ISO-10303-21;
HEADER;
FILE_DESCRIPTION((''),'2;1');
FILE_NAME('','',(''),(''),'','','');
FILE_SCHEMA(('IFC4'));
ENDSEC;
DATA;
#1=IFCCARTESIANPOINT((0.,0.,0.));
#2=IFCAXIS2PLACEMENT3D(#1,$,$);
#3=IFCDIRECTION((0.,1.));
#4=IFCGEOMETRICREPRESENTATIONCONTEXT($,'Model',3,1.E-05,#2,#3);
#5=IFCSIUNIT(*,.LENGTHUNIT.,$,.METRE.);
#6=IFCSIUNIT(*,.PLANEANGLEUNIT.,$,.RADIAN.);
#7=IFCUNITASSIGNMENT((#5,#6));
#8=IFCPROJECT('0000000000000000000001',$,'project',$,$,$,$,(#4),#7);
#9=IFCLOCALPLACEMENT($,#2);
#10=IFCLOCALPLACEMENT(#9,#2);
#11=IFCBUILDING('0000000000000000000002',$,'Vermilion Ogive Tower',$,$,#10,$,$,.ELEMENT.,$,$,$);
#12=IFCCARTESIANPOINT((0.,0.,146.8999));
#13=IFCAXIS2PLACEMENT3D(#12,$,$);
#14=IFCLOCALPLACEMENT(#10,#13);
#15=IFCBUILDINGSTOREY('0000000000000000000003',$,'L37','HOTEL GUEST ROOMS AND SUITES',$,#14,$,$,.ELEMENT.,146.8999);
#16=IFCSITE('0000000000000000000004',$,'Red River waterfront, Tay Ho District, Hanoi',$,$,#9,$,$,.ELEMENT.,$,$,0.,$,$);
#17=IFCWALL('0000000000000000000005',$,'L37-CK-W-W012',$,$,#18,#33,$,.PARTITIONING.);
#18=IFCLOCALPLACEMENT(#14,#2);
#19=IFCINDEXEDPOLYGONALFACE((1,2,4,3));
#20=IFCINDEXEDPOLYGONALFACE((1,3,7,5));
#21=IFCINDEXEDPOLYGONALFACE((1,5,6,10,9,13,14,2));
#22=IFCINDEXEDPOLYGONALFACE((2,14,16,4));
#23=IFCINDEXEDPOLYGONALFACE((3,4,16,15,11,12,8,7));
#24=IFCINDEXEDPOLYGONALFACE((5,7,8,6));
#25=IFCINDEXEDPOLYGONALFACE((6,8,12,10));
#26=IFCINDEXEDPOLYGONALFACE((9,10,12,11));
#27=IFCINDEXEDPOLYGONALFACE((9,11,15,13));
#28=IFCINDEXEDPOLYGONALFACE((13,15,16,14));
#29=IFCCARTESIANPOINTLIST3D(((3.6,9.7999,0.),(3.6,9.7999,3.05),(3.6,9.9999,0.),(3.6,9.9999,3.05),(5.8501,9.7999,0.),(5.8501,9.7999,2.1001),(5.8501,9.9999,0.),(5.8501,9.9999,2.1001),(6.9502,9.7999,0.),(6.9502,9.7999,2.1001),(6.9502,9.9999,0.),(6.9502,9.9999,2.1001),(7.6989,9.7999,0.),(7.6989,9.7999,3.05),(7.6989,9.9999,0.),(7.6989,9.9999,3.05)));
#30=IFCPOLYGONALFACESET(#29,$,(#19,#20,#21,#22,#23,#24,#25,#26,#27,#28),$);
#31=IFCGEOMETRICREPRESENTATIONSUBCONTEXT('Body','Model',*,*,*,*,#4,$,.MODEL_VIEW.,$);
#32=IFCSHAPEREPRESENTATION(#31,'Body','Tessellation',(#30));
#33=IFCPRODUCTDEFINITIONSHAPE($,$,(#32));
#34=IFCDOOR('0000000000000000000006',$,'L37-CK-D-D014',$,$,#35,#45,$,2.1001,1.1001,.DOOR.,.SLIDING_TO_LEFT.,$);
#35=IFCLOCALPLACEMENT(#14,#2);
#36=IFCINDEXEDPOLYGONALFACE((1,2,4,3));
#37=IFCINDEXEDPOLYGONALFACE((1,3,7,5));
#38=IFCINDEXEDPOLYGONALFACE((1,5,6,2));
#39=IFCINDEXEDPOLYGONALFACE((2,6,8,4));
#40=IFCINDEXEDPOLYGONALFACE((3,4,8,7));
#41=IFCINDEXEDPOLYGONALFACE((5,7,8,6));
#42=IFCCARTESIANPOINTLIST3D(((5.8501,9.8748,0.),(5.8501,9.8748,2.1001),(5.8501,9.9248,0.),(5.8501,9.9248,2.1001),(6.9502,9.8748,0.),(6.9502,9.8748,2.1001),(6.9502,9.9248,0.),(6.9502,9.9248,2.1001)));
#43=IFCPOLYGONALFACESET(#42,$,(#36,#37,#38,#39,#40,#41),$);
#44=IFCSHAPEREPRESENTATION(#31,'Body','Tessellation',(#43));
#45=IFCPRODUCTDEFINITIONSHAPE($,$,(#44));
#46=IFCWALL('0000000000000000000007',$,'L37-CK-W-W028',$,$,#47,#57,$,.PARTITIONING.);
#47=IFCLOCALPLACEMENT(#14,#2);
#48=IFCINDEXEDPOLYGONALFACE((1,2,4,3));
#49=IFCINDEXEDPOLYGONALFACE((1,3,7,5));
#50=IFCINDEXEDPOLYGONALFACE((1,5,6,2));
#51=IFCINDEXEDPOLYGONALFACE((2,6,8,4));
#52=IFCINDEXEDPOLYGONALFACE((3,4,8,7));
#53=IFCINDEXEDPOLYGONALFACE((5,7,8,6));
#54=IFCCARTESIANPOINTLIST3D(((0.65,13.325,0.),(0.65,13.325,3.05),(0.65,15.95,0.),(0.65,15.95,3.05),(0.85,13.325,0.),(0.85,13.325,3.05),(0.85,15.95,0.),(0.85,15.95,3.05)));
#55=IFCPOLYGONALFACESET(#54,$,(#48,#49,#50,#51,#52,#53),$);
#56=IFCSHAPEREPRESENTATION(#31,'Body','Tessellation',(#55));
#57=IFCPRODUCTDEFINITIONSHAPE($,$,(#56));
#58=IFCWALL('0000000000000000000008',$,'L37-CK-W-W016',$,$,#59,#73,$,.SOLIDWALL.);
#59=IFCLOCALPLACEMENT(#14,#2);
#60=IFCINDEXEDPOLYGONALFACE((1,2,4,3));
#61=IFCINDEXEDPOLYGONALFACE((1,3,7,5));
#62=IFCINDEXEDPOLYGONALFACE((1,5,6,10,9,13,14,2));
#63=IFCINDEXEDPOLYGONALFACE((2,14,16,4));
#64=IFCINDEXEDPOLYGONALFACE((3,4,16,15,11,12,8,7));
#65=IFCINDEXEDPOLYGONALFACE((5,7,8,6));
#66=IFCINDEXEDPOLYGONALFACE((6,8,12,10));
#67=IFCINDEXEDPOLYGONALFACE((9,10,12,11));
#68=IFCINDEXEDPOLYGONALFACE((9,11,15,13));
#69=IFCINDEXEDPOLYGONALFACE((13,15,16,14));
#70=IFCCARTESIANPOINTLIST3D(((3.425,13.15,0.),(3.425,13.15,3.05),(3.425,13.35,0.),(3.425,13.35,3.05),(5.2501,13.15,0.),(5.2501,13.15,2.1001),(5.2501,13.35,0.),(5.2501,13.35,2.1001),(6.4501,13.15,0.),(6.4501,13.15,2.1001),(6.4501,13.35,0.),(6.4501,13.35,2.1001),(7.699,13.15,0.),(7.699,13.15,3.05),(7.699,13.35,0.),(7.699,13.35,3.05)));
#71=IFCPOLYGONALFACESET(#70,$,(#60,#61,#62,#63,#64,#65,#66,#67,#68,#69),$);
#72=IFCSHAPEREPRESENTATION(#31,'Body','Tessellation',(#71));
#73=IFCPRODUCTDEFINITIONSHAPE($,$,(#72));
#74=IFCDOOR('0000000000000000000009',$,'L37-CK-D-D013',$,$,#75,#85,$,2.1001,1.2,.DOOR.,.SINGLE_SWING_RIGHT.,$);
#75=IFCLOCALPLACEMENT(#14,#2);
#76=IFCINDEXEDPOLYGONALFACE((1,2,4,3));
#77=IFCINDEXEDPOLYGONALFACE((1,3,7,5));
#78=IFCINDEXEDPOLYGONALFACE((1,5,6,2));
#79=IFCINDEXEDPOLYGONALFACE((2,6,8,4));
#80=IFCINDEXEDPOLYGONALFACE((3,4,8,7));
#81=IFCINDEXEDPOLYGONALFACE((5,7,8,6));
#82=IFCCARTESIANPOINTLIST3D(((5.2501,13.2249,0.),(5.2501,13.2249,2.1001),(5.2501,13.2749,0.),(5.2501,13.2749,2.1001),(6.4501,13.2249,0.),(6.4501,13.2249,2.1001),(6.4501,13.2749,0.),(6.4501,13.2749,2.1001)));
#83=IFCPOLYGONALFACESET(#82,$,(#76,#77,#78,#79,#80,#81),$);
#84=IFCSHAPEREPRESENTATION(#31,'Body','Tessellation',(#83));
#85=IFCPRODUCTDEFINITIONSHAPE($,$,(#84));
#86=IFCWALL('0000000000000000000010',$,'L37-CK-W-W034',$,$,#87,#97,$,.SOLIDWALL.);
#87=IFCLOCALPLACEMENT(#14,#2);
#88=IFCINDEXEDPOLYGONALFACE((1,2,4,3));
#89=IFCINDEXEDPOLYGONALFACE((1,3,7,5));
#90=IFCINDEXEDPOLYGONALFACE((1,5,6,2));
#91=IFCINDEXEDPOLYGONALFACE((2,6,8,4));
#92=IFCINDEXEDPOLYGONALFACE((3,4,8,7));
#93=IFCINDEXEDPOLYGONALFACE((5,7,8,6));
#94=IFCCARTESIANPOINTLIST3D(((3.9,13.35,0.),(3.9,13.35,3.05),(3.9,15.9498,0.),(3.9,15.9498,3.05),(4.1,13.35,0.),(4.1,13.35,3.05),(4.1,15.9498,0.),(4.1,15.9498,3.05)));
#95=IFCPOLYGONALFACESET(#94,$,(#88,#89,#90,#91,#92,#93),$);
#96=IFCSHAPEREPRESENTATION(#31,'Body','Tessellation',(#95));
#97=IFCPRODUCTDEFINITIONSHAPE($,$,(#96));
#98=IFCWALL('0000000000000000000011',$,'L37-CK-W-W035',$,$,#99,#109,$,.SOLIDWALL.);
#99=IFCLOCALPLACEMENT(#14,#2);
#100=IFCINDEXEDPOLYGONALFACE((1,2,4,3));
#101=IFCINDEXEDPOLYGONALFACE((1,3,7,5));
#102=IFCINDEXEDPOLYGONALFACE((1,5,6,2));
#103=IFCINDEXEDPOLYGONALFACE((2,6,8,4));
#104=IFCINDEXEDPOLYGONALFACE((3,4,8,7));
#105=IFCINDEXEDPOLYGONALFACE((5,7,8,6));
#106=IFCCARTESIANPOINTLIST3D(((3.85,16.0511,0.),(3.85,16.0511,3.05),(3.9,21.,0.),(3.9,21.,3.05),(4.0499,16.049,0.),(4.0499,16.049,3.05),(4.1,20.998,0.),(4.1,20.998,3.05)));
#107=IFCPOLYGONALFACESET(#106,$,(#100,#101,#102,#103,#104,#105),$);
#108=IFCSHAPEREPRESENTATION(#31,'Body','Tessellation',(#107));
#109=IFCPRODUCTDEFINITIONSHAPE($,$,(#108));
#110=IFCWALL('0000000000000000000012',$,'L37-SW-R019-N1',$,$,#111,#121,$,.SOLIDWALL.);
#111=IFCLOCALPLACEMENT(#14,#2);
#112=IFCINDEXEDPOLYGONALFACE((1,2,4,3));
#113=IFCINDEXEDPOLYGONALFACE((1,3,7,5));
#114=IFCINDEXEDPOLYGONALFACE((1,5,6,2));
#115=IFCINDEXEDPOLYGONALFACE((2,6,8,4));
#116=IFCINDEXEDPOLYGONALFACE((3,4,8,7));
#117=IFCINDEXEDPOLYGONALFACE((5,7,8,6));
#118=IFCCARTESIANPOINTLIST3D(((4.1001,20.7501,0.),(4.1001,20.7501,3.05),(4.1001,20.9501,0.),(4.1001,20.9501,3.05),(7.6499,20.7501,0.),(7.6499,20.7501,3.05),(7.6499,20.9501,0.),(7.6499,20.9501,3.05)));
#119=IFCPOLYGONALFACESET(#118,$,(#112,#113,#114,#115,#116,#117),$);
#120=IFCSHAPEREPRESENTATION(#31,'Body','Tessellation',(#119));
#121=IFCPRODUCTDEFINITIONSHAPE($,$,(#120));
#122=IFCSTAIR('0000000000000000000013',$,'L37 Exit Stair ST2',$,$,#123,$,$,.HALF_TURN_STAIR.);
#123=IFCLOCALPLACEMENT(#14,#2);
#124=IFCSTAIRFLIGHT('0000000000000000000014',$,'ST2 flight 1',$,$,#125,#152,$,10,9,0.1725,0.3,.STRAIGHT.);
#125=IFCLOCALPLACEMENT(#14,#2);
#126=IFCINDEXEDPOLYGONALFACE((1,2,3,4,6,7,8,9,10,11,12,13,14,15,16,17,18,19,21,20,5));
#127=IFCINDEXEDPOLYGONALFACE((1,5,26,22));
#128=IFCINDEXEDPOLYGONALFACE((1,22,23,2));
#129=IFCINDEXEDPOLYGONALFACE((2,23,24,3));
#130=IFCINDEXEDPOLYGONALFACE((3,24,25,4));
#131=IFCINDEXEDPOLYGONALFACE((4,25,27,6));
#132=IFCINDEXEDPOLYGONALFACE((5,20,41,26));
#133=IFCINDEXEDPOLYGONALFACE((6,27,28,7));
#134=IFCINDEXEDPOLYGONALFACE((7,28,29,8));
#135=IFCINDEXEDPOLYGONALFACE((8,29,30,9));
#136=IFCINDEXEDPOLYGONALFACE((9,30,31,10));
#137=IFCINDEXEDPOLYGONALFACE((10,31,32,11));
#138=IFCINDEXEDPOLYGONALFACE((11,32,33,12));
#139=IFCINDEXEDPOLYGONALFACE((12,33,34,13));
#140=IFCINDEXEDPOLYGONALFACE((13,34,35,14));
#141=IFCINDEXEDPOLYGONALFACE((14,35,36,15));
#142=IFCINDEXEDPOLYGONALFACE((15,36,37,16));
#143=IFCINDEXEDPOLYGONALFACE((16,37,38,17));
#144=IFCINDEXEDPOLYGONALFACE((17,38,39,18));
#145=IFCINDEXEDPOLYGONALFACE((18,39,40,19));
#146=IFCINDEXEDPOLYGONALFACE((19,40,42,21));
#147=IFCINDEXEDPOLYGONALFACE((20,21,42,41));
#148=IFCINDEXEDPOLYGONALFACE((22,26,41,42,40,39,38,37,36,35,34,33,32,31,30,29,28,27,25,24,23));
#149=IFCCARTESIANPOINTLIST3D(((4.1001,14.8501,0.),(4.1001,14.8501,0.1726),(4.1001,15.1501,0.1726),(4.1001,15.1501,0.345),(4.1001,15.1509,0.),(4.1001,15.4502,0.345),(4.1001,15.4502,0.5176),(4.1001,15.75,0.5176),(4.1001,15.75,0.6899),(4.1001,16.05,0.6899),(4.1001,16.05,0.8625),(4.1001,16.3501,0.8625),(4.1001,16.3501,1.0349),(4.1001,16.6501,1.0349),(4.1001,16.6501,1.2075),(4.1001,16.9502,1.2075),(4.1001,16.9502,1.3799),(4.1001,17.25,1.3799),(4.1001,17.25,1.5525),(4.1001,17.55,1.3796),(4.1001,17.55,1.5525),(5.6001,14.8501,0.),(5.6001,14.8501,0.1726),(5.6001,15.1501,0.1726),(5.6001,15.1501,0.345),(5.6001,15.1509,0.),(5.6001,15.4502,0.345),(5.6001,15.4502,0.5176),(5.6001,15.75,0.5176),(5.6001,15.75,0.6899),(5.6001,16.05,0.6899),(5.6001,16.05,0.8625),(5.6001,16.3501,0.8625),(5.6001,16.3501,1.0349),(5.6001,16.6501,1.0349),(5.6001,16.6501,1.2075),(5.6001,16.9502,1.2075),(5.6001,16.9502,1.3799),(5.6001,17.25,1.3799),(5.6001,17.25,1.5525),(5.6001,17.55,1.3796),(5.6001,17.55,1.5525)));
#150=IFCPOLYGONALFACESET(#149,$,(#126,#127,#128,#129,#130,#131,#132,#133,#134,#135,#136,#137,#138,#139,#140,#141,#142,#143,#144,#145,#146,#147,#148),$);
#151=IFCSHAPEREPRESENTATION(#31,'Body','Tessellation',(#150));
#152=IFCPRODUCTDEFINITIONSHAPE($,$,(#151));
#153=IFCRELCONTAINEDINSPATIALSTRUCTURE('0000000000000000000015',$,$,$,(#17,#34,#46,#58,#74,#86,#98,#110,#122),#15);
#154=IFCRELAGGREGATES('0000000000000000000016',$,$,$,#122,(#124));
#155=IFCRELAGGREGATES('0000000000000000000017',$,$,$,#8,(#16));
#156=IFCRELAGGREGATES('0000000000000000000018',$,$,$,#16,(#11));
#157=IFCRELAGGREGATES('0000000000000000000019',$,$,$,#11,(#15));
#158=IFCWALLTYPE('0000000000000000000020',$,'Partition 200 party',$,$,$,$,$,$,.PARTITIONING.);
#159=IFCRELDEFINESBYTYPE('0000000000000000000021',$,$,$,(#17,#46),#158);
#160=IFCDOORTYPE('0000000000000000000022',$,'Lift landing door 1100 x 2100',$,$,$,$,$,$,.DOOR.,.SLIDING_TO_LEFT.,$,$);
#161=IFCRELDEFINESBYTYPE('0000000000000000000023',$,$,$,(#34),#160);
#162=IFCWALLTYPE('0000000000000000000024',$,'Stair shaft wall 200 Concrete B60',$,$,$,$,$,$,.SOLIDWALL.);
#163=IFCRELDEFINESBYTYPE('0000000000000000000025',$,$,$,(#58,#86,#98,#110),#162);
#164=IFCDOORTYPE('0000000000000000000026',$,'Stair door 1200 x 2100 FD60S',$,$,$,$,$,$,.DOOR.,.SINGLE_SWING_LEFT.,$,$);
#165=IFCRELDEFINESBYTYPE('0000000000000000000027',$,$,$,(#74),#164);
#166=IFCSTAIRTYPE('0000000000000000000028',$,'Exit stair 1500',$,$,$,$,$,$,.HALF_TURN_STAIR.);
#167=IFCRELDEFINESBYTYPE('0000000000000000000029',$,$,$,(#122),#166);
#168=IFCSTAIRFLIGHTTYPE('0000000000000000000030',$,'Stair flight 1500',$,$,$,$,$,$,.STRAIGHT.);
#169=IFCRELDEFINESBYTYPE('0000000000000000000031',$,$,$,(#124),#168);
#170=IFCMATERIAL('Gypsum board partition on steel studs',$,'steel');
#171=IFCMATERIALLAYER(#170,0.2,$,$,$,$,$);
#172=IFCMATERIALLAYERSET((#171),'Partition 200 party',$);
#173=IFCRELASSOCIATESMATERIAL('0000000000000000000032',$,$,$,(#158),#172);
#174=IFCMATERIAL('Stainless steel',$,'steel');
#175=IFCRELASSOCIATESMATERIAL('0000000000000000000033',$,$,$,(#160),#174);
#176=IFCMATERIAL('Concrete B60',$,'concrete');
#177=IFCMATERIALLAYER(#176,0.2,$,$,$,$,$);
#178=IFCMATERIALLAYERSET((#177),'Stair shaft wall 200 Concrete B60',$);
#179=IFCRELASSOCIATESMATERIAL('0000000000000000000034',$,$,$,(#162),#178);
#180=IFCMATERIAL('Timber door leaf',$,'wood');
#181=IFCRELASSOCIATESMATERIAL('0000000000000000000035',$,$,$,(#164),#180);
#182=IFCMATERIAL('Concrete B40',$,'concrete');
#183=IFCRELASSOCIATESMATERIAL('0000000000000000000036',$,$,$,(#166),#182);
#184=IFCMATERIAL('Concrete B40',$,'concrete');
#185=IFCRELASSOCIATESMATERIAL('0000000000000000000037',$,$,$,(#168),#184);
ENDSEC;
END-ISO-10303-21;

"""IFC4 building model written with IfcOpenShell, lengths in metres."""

from ifc_helpers import new_model, si_unit, direction, frame, frame_2d, origin, place, context, subcontext, project, spatial, polyline, rectangle, outline, extrude, material, layer, layer_set, type_object, element, fill, aggregate, save


model = new_model("IFC4")

# Units and contexts
model_context = context("Model", 3, precision=1e-05, world=origin(), true_north=direction((0.0, 1.0)))
body_context = subcontext(model_context, "Body", "Model", "MODEL_VIEW")
ifc_project = project(units=[si_unit("LENGTHUNIT", "METRE"), si_unit("PLANEANGLEUNIT", "RADIAN")], contexts=[model_context])

# Site, building, storey
site_placement = place(None, origin())
site = spatial("IfcSite", under=ifc_project, at=site_placement, Name="Red River waterfront, Tay Ho District, Hanoi", CompositionType="ELEMENT", RefElevation=0.0)
building_placement = place(site_placement, origin())
building = spatial("IfcBuilding", under=site, at=building_placement, Name="Vermilion Ogive Tower", CompositionType="ELEMENT")
storey_placement = place(building_placement, frame((0.0, 0.0, 146.8999)))
storey = spatial("IfcBuildingStorey", under=building, at=storey_placement, Name="L37", Description="HOTEL GUEST ROOMS AND SUITES", CompositionType="ELEMENT", Elevation=146.8999)

# Wall, opening, door
ifc_material_1 = material(Name="Gypsum board partition on steel studs", Category="steel")
ifc_layer_1 = layer(ifc_material_1, 0.2)
ifc_layer_set_1 = layer_set([ifc_layer_1], Name="Partition 200 party")
wall_type_1 = type_object("IfcWallType", Name="Partition 200 party", PredefinedType="PARTITIONING", material=ifc_layer_set_1)
wall_1_placement = place(storey_placement, frame((3.6001, 9.8999, 0.0), z_axis=(0.0, 0.0, 1.0), x_axis=(1.0, 0.0, 0.0)))
wall_1 = element("IfcWall", 1, at=wall_1_placement, inside=storey, type_object=wall_type_1, Name="L37-CK-W-W012", PredefinedType="PARTITIONING", context=body_context, shape_type="SweptSolid", body=[
    extrude(rectangle(XDim=4.0989, YDim=0.2, at=frame_2d((2.0493, 0.0))), origin(), (0.0, 0.0, 1.0), 3.05),
])
opening_1_placement = place(wall_1_placement, frame((2.25, 0.0, 0.0)))
opening_1 = element("IfcOpeningElement", 2, at=opening_1_placement, cuts=wall_1, PredefinedType="OPENING", context=body_context, shape_type="SweptSolid", body=[
    extrude(rectangle(XDim=1.1001, YDim=2.1001, at=frame_2d((0.55, 1.05))), frame((0.0, 0.1099, 0.0), z_axis=(0.0, -1.0, 0.0), x_axis=(1.0, 0.0, 0.0)), (0.0, 0.0, 1.0), 0.22),
])
ifc_material_2 = material(Name="Stainless steel", Category="steel")
door_type_1 = type_object("IfcDoorType", Name="Lift landing door 1100 x 2100", OperationType="SLIDING_TO_LEFT", PredefinedType="DOOR", material=ifc_material_2)
door_1_placement = place(opening_1_placement, origin())
door_1 = element("IfcDoor", 3, at=door_1_placement, inside=storey, type_object=door_type_1, Name="L37-CK-D-D014", OperationType="SLIDING_TO_LEFT", OverallHeight=2.1001, OverallWidth=1.1001, PredefinedType="DOOR", context=body_context, shape_type="SweptSolid", body=[
    extrude(rectangle(XDim=1.1001, YDim=2.1001, at=frame_2d((0.55, 1.05))), frame((0.0, 0.0249, 0.0), z_axis=(0.0, -1.0, 0.0), x_axis=(1.0, 0.0, 0.0)), (0.0, 0.0, 1.0), 0.05),
])
fill(opening_1, door_1)

# Wall
wall_2_placement = place(storey_placement, frame((0.75, 13.325, 0.0), z_axis=(0.0, 0.0, 1.0), x_axis=(0.0, 1.0, 0.0)))
element("IfcWall", 4, at=wall_2_placement, inside=storey, type_object=wall_type_1, Name="L37-CK-W-W028", PredefinedType="PARTITIONING", context=body_context, shape_type="SweptSolid", body=[
    extrude(rectangle(XDim=2.625, YDim=0.2, at=frame_2d((1.3125, 0.0))), origin(), (0.0, 0.0, 1.0), 3.05),
])

# Wall, opening, door
ifc_material_3 = material(Name="Concrete B60", Category="concrete")
ifc_layer_2 = layer(ifc_material_3, 0.2)
ifc_layer_set_2 = layer_set([ifc_layer_2], Name="Stair shaft wall 200 Concrete B60")
wall_type_2 = type_object("IfcWallType", Name="Stair shaft wall 200 Concrete B60", PredefinedType="SOLIDWALL", material=ifc_layer_set_2)
wall_3_placement = place(storey_placement, frame((3.425, 13.25, 0.0), z_axis=(0.0, 0.0, 1.0), x_axis=(1.0, 0.0, 0.0)))
wall_3 = element("IfcWall", 5, at=wall_3_placement, inside=storey, type_object=wall_type_2, Name="L37-CK-W-W016", PredefinedType="SOLIDWALL", context=body_context, shape_type="SweptSolid", body=[
    extrude(rectangle(XDim=4.2739, YDim=0.2, at=frame_2d((2.137, 0.0))), origin(), (0.0, 0.0, 1.0), 3.05),
])
opening_2_placement = place(wall_3_placement, frame((1.825, 0.0, 0.0)))
opening_2 = element("IfcOpeningElement", 6, at=opening_2_placement, cuts=wall_3, PredefinedType="OPENING", context=body_context, shape_type="SweptSolid", body=[
    extrude(rectangle(XDim=1.2, YDim=2.1001, at=frame_2d((0.6001, 1.05))), frame((0.0, 0.1099, 0.0), z_axis=(0.0, -1.0, 0.0), x_axis=(1.0, 0.0, 0.0)), (0.0, 0.0, 1.0), 0.22),
])
ifc_material_4 = material(Name="Timber door leaf", Category="wood")
door_type_2 = type_object("IfcDoorType", Name="Stair door 1200 x 2100 FD60S", OperationType="SINGLE_SWING_LEFT", PredefinedType="DOOR", material=ifc_material_4)
door_2_placement = place(opening_2_placement, origin())
door_2 = element("IfcDoor", 7, at=door_2_placement, inside=storey, type_object=door_type_2, Name="L37-CK-D-D013", OperationType="SINGLE_SWING_RIGHT", OverallHeight=2.1001, OverallWidth=1.2, PredefinedType="DOOR", context=body_context, shape_type="SweptSolid", body=[
    extrude(rectangle(XDim=1.2, YDim=2.1001, at=frame_2d((0.6001, 1.05))), frame((0.0, 0.0249, 0.0), z_axis=(0.0, -1.0, 0.0), x_axis=(1.0, 0.0, 0.0)), (0.0, 0.0, 1.0), 0.05),
])
fill(opening_2, door_2)

# Walls
wall_4_placement = place(storey_placement, frame((4.0, 13.3501, 0.0), z_axis=(0.0, 0.0, 1.0), x_axis=(0.0, 1.0, 0.0)))
element("IfcWall", 8, at=wall_4_placement, inside=storey, type_object=wall_type_2, Name="L37-CK-W-W034", PredefinedType="SOLIDWALL", context=body_context, shape_type="SweptSolid", body=[
    extrude(rectangle(XDim=2.5999, YDim=0.2, at=frame_2d((1.2998, 0.0))), origin(), (0.0, 0.0, 1.0), 3.05),
])
wall_5_placement = place(storey_placement, frame((3.95, 16.05, 0.0), z_axis=(0.0, 0.0, 1.0), x_axis=(0.010112, 0.999949, 0.0)))
element("IfcWall", 9, at=wall_5_placement, inside=storey, type_object=wall_type_2, Name="L37-CK-W-W035", PredefinedType="SOLIDWALL", context=body_context, shape_type="SweptSolid", body=[
    extrude(rectangle(XDim=4.9492, YDim=0.2, at=frame_2d((2.4746, 0.0))), origin(), (0.0, 0.0, 1.0), 3.05),
])
wall_6_placement = place(storey_placement, frame((4.1001, 20.8501, 0.0), z_axis=(0.0, 0.0, 1.0), x_axis=(1.0, 0.0, 0.0)))
element("IfcWall", 10, at=wall_6_placement, inside=storey, type_object=wall_type_2, Name="L37-SW-R019-N1", PredefinedType="SOLIDWALL", context=body_context, shape_type="SweptSolid", body=[
    extrude(rectangle(XDim=3.5498, YDim=0.2, at=frame_2d((1.7749, 0.0))), origin(), (0.0, 0.0, 1.0), 3.05),
])

# Stair, stair flight
ifc_material_5 = material(Name="Concrete B40", Category="concrete")
stair_type = type_object("IfcStairType", Name="Exit stair 1500", PredefinedType="HALF_TURN_STAIR", material=ifc_material_5)
stair_placement = place(storey_placement, origin())
stair = element("IfcStair", 11, at=stair_placement, inside=storey, type_object=stair_type, Name="L37 Exit Stair ST2", PredefinedType="HALF_TURN_STAIR")
ifc_material_6 = material(Name="Concrete B40", Category="concrete")
stair_flight_type = type_object("IfcStairFlightType", Name="Stair flight 1500", PredefinedType="STRAIGHT", material=ifc_material_6)
stair_flight_1_placement = place(storey_placement, frame((4.8501, 14.8501, 0.0), z_axis=(0.0, 0.0, 1.0), x_axis=(0.0, 1.0, 0.0)))
stair_flight_1 = element("IfcStairFlight", 12, at=stair_flight_1_placement, type_object=stair_flight_type, Name="ST2 flight 1", NumberOfRisers=10, NumberOfTreads=9, PredefinedType="STRAIGHT", RiserHeight=0.1725, TreadLength=0.3, context=body_context, shape_type="SweptSolid", body=[
    extrude(outline(polyline([(0.0, 0.0), (0.0, 0.1726), (0.3, 0.1726), (0.3, 0.345), (0.6001, 0.345), (0.6001, 0.5176), (0.8999, 0.5176), (0.8999, 0.6899), (1.2, 0.6899), (1.2, 0.8625), (1.5, 0.8625), (1.5, 1.0349), (1.8, 1.0349), (1.8, 1.2075), (2.1001, 1.2075), (2.1001, 1.3799), (2.3999, 1.3799), (2.3999, 1.5525), (2.7, 1.5525), (2.7, 1.7251), (2.7, 1.3796), (0.3008, 0.0), (0.0, 0.0)])), frame((0.0, 0.75, 0.0), z_axis=(0.0, -1.0, 0.0), x_axis=(1.0, 0.0, 0.0)), (0.0, 0.0, 1.0), 1.5),
])
aggregate(stair, [stair_flight_1])

save(model, "model.ifc")
